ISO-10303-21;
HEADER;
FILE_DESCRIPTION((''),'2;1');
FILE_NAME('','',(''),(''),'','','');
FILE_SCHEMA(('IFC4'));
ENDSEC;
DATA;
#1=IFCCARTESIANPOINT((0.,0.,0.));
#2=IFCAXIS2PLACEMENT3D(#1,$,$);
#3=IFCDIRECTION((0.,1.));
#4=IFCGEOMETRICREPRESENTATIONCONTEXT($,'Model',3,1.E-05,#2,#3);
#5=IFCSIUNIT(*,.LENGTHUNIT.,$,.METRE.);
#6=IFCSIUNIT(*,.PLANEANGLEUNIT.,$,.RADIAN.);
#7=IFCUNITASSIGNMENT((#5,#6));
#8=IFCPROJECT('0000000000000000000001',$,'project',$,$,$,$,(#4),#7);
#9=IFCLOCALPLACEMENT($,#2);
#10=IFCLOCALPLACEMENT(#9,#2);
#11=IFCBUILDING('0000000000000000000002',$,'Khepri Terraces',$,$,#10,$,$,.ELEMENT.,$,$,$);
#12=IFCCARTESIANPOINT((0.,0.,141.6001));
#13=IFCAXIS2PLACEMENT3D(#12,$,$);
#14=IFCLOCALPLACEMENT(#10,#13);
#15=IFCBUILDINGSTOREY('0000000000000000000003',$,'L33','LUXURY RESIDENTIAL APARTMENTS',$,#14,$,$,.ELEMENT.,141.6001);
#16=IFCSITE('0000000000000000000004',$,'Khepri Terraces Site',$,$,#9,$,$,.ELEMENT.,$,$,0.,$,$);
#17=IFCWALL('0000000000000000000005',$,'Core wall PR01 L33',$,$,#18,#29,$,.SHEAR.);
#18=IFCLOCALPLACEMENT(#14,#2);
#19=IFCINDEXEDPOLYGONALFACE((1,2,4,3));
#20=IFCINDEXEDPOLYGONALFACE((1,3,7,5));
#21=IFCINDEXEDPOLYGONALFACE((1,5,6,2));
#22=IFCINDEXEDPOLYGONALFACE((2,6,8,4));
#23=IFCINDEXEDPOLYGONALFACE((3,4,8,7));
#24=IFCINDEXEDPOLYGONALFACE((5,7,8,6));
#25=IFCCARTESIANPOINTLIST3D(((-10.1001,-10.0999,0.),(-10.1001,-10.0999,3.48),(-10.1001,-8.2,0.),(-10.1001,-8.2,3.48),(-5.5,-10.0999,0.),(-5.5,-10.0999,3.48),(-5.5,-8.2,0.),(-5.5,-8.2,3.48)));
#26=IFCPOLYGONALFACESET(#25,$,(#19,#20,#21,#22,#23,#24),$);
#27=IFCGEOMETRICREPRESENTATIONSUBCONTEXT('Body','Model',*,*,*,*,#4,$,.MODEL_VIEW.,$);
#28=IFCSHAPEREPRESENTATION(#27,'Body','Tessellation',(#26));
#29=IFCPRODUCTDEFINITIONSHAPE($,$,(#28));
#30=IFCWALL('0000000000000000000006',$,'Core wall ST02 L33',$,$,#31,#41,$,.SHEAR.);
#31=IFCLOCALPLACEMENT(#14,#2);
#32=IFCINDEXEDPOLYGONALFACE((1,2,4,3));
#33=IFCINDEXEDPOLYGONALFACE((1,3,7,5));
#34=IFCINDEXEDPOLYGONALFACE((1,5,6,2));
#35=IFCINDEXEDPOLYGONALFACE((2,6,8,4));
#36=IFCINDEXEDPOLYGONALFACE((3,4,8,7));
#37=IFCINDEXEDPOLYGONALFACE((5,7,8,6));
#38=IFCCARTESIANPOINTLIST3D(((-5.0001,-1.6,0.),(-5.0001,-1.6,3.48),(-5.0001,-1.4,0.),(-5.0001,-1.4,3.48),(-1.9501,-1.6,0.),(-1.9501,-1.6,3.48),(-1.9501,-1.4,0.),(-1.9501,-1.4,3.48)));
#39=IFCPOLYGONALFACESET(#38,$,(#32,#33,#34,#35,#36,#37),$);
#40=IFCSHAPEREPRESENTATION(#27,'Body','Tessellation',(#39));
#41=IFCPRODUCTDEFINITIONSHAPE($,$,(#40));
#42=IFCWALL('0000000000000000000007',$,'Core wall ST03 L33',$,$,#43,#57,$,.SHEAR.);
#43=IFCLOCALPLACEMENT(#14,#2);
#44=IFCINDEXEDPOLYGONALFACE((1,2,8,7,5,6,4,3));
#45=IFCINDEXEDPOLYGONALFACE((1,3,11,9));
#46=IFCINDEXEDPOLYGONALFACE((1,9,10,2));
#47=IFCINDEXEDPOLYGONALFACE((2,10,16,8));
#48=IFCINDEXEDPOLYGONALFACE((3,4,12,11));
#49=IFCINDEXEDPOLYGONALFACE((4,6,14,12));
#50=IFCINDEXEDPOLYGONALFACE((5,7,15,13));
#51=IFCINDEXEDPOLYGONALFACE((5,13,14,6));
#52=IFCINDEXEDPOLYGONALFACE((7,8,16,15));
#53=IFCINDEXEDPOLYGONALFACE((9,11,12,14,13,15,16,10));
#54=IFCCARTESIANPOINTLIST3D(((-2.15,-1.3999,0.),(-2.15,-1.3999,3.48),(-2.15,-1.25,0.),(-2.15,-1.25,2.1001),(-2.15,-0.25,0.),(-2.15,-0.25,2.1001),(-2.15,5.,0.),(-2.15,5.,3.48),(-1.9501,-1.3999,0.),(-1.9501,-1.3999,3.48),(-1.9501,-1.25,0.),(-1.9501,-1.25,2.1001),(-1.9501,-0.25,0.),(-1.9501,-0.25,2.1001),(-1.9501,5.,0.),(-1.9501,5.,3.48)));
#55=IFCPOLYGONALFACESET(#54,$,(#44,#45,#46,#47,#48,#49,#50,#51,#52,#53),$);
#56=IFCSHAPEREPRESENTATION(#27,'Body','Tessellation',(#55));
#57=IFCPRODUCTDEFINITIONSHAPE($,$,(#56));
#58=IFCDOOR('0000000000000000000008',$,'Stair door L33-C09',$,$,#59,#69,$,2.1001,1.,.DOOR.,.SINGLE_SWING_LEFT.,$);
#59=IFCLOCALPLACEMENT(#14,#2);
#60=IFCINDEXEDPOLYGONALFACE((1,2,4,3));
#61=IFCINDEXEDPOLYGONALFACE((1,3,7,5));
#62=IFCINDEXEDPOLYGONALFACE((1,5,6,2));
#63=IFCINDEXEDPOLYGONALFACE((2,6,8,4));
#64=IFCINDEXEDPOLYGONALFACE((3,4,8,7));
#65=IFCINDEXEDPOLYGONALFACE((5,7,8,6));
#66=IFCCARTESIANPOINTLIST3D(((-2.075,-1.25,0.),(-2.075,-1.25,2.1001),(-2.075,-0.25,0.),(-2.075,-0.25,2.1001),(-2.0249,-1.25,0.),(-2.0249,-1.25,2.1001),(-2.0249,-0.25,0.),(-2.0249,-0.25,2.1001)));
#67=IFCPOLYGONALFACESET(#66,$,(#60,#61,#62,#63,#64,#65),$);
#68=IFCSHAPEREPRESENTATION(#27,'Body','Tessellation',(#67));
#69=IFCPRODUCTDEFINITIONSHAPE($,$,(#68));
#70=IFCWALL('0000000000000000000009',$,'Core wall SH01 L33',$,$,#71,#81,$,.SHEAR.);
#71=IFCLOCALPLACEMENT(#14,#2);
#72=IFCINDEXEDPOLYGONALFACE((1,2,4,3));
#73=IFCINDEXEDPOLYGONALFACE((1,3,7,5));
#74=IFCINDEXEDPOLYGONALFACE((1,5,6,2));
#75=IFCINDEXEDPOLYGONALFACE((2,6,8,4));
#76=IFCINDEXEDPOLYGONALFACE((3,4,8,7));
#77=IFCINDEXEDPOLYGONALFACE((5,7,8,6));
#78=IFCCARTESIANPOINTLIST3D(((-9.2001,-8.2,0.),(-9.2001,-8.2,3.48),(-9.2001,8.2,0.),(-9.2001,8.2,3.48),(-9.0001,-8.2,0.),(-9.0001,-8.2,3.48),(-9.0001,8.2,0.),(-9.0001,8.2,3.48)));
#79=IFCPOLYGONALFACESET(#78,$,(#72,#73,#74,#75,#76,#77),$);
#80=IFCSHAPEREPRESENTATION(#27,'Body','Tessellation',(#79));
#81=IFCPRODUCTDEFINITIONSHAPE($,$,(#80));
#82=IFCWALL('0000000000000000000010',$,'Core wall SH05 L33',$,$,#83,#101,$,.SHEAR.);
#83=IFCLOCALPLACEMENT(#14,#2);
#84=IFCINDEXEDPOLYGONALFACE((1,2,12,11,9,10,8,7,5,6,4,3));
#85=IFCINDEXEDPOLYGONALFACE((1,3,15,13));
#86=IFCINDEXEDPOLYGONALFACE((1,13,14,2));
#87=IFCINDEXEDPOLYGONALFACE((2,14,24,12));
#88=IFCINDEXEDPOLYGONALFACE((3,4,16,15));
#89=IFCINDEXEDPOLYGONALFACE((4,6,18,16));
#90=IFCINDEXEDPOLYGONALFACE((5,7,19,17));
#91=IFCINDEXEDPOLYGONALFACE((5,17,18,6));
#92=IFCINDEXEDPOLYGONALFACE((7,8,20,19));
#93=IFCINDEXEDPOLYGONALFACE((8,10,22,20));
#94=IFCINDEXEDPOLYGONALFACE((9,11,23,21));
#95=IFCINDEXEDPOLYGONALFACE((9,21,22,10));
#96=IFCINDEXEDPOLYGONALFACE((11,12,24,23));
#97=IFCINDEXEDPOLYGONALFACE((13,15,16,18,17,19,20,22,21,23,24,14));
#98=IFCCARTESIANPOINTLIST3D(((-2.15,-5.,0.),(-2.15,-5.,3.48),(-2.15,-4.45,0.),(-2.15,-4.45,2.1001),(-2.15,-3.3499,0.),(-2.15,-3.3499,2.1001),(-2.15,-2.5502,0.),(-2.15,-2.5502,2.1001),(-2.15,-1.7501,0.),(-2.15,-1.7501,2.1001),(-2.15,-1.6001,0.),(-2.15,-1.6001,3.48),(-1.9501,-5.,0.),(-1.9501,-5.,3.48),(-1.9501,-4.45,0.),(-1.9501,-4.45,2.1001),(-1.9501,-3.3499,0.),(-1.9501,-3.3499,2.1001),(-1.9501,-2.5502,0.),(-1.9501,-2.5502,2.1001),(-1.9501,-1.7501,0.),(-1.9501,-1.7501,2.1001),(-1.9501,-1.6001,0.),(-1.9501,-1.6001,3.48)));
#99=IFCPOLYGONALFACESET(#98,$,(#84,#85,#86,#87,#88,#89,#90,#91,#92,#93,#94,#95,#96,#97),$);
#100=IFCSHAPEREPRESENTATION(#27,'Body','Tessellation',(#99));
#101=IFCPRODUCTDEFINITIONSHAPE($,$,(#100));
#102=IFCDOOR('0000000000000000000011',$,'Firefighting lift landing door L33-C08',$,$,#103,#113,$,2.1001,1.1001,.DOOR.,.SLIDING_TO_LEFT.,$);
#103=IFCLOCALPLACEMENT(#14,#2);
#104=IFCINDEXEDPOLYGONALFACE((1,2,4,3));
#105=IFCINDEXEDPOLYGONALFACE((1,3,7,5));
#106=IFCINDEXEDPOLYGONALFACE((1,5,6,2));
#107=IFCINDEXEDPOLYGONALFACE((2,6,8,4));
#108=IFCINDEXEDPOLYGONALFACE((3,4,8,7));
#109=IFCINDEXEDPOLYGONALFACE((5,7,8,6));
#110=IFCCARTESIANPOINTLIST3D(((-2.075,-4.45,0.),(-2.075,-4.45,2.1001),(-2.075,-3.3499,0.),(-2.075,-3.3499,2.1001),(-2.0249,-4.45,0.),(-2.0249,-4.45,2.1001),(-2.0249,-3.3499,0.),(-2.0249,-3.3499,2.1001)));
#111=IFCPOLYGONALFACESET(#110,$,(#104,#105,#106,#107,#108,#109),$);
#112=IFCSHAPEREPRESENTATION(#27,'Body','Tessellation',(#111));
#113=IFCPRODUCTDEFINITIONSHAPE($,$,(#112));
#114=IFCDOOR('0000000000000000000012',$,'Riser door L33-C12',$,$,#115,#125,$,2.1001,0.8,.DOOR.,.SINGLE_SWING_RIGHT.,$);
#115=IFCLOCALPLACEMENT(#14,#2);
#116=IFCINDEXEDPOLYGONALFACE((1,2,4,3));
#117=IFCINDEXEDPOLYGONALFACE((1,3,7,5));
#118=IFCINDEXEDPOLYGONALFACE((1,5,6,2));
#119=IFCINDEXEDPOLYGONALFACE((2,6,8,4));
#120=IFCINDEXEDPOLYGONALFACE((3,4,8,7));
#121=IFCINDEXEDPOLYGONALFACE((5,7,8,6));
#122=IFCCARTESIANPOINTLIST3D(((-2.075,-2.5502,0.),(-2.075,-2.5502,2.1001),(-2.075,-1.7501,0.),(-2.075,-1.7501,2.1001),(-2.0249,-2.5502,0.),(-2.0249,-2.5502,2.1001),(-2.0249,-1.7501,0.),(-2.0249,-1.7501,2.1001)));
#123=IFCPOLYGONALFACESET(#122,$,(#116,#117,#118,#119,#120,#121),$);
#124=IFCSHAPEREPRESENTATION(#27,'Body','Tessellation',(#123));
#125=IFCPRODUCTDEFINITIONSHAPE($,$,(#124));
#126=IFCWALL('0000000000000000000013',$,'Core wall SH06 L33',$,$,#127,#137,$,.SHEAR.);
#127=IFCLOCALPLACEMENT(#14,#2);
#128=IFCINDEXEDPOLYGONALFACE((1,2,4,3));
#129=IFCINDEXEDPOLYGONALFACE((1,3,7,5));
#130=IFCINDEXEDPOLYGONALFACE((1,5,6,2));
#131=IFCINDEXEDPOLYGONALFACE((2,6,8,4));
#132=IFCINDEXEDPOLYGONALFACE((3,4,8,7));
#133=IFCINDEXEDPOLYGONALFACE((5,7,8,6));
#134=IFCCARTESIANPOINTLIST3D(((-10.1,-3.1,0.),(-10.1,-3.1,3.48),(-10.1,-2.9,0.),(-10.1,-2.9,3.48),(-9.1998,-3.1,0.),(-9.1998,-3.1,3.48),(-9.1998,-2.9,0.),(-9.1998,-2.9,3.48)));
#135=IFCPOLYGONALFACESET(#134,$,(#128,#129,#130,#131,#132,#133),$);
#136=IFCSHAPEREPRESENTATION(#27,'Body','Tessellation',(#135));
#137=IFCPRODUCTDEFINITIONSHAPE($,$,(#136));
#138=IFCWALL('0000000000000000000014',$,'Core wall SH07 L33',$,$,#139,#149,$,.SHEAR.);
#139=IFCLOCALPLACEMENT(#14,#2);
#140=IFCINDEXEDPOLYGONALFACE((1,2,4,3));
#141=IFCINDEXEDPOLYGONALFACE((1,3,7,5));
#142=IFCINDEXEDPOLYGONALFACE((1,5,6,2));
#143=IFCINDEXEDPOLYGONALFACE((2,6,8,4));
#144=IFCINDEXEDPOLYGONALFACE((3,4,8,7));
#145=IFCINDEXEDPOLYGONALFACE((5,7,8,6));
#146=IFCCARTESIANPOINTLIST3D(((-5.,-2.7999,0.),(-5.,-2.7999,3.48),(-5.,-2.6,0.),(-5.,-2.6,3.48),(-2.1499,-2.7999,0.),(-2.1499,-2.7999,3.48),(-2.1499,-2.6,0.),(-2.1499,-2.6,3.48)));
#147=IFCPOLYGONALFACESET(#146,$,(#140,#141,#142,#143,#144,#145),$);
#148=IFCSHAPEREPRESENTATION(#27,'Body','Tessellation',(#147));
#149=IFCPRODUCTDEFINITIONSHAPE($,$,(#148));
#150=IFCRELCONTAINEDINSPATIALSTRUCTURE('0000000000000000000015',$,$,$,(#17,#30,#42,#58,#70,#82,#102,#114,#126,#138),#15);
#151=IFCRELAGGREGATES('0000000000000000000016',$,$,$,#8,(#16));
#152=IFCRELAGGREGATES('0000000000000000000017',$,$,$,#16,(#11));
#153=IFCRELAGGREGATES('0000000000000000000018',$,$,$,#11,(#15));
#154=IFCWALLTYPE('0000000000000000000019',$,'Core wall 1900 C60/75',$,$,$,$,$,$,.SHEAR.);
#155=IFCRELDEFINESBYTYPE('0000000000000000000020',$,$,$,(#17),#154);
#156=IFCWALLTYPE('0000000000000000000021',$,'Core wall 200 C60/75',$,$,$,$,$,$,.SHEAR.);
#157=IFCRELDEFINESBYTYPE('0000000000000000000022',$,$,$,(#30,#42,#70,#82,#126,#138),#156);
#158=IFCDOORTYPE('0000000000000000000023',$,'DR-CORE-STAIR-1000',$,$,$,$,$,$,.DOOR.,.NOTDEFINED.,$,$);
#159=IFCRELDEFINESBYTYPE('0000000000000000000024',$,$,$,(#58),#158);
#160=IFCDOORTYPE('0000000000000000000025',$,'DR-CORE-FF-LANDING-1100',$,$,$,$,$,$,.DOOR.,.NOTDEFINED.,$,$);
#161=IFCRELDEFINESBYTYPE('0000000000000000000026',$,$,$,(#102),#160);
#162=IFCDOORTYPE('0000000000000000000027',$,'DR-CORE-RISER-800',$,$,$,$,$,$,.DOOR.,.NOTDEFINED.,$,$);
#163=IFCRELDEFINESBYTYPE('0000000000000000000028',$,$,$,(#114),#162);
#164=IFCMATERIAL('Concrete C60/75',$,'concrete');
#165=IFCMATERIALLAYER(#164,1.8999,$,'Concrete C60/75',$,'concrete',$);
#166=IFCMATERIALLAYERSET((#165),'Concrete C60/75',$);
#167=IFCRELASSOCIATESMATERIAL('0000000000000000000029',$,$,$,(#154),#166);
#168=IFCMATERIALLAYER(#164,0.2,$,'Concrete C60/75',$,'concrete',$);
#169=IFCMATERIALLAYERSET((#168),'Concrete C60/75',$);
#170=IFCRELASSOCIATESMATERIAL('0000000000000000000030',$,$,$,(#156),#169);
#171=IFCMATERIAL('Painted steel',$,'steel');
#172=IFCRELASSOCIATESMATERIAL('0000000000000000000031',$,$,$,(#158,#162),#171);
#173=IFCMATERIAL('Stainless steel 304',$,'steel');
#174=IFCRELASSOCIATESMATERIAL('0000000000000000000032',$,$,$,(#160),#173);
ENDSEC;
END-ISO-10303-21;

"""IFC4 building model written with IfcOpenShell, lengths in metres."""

from ifc_helpers import new_model, si_unit, direction, frame, frame_2d, origin, place, context, subcontext, project, spatial, rectangle, extrude, material, layer, layer_set, type_object, element, fill, save


model = new_model("IFC4")

# Units and contexts
model_context = context("Model", 3, precision=1e-05, world=origin(), true_north=direction((0.0, 1.0)))
body_context = subcontext(model_context, "Body", "Model", "MODEL_VIEW")
ifc_project = project(units=[si_unit("LENGTHUNIT", "METRE"), si_unit("PLANEANGLEUNIT", "RADIAN")], contexts=[model_context])

# Site, building, storey
site_placement = place(None, origin())
site = spatial("IfcSite", under=ifc_project, at=site_placement, Name="Khepri Terraces Site", CompositionType="ELEMENT", RefElevation=0.0)
building_placement = place(site_placement, origin())
building = spatial("IfcBuilding", under=site, at=building_placement, Name="Khepri Terraces", CompositionType="ELEMENT")
storey_placement = place(building_placement, frame((0.0, 0.0, 141.6001)))
storey = spatial("IfcBuildingStorey", under=building, at=storey_placement, Name="L33", Description="LUXURY RESIDENTIAL APARTMENTS", CompositionType="ELEMENT", Elevation=141.6001)

# Walls
ifc_material_1 = material(Name="Concrete C60/75", Category="concrete")
ifc_layer_1 = layer(ifc_material_1, 1.8999, Name="Concrete C60/75", Category="concrete")
ifc_layer_set_1 = layer_set([ifc_layer_1], Name="Concrete C60/75")
wall_type_1 = type_object("IfcWallType", Name="Core wall 1900 C60/75", PredefinedType="SHEAR", material=ifc_layer_set_1)
wall_1_placement = place(storey_placement, frame((-10.1001, -9.1499, 0.0), z_axis=(0.0, 0.0, 1.0), x_axis=(1.0, 0.0, 0.0)))
element("IfcWall", 1, at=wall_1_placement, inside=storey, type_object=wall_type_1, Name="Core wall PR01 L33", PredefinedType="SHEAR", context=body_context, shape_type="SweptSolid", body=[
    extrude(rectangle(XDim=4.6001, YDim=1.8999, at=frame_2d((2.3, 0.0))), origin(), (0.0, 0.0, 1.0), 3.48),
])
ifc_layer_2 = layer(ifc_material_1, 0.2, Name="Concrete C60/75", Category="concrete")
ifc_layer_set_2 = layer_set([ifc_layer_2], Name="Concrete C60/75")
wall_type_2 = type_object("IfcWallType", Name="Core wall 200 C60/75", PredefinedType="SHEAR", material=ifc_layer_set_2)
wall_2_placement = place(storey_placement, frame((-5.0, -1.5, 0.0), z_axis=(0.0, 0.0, 1.0), x_axis=(1.0, 0.0, 0.0)))
element("IfcWall", 2, at=wall_2_placement, inside=storey, type_object=wall_type_2, Name="Core wall ST02 L33", PredefinedType="SHEAR", context=body_context, shape_type="SweptSolid", body=[
    extrude(rectangle(XDim=3.05, YDim=0.2, at=frame_2d((1.5249, 0.0))), origin(), (0.0, 0.0, 1.0), 3.48),
])

# Wall, opening, door
wall_3_placement = place(storey_placement, frame((-2.05, -1.3999, 0.0), z_axis=(0.0, 0.0, 1.0), x_axis=(0.0, 1.0, 0.0)))
wall_3 = element("IfcWall", 3, at=wall_3_placement, inside=storey, type_object=wall_type_2, Name="Core wall ST03 L33", PredefinedType="SHEAR", context=body_context, shape_type="SweptSolid", body=[
    extrude(rectangle(XDim=6.3999, YDim=0.2, at=frame_2d((3.2, 0.0))), origin(), (0.0, 0.0, 1.0), 3.48),
])
opening_1_placement = place(wall_3_placement, frame((0.1499, 0.0, 0.0)))
opening_1 = element("IfcOpeningElement", 4, at=opening_1_placement, cuts=wall_3, PredefinedType="OPENING", context=body_context, shape_type="SweptSolid", body=[
    extrude(rectangle(XDim=1.0, YDim=2.1001, at=frame_2d((0.5, 1.05))), frame((0.0, 0.1099, 0.0), z_axis=(0.0, -1.0, 0.0), x_axis=(1.0, 0.0, 0.0)), (0.0, 0.0, 1.0), 0.22),
])
ifc_material_2 = material(Name="Painted steel", Category="steel")
door_type_1 = type_object("IfcDoorType", Name="DR-CORE-STAIR-1000", OperationType="NOTDEFINED", PredefinedType="DOOR", material=ifc_material_2)
door_1_placement = place(opening_1_placement, origin())
door_1 = element("IfcDoor", 5, at=door_1_placement, inside=storey, type_object=door_type_1, Name="Stair door L33-C09", OperationType="SINGLE_SWING_LEFT", OverallHeight=2.1001, OverallWidth=1.0, PredefinedType="DOOR", context=body_context, shape_type="SweptSolid", body=[
    extrude(rectangle(XDim=1.0, YDim=2.1001, at=frame_2d((0.5, 1.05))), frame((0.0, 0.0249, 0.0), z_axis=(0.0, -1.0, 0.0), x_axis=(1.0, 0.0, 0.0)), (0.0, 0.0, 1.0), 0.05),
])
fill(opening_1, door_1)

# Wall
wall_4_placement = place(storey_placement, frame((-9.1001, -8.2, 0.0), z_axis=(0.0, 0.0, 1.0), x_axis=(0.0, 1.0, 0.0)))
element("IfcWall", 6, at=wall_4_placement, inside=storey, type_object=wall_type_2, Name="Core wall SH01 L33", PredefinedType="SHEAR", context=body_context, shape_type="SweptSolid", body=[
    extrude(rectangle(XDim=16.3999, YDim=0.2, at=frame_2d((8.2, 0.0))), origin(), (0.0, 0.0, 1.0), 3.48),
])

# Wall, openings, doors
wall_5_placement = place(storey_placement, frame((-2.05, -5.0, 0.0), z_axis=(0.0, 0.0, 1.0), x_axis=(0.0, 1.0, 0.0)))
wall_5 = element("IfcWall", 7, at=wall_5_placement, inside=storey, type_object=wall_type_2, Name="Core wall SH05 L33", PredefinedType="SHEAR", context=body_context, shape_type="SweptSolid", body=[
    extrude(rectangle(XDim=3.3999, YDim=0.2, at=frame_2d((1.7, 0.0))), origin(), (0.0, 0.0, 1.0), 3.48),
])
opening_2_placement = place(wall_5_placement, frame((0.55, 0.0, 0.0)))
opening_2 = element("IfcOpeningElement", 8, at=opening_2_placement, cuts=wall_5, PredefinedType="OPENING", context=body_context, shape_type="SweptSolid", body=[
    extrude(rectangle(XDim=1.1001, YDim=2.1001, at=frame_2d((0.55, 1.05))), frame((0.0, 0.1099, 0.0), z_axis=(0.0, -1.0, 0.0), x_axis=(1.0, 0.0, 0.0)), (0.0, 0.0, 1.0), 0.22),
])
opening_3_placement = place(wall_5_placement, frame((2.45, 0.0, 0.0)))
opening_3 = element("IfcOpeningElement", 9, at=opening_3_placement, cuts=wall_5, PredefinedType="OPENING", context=body_context, shape_type="SweptSolid", body=[
    extrude(rectangle(XDim=0.8, YDim=2.1001, at=frame_2d((0.3999, 1.05))), frame((0.0, 0.1099, 0.0), z_axis=(0.0, -1.0, 0.0), x_axis=(1.0, 0.0, 0.0)), (0.0, 0.0, 1.0), 0.22),
])
ifc_material_3 = material(Name="Stainless steel 304", Category="steel")
door_type_2 = type_object("IfcDoorType", Name="DR-CORE-FF-LANDING-1100", OperationType="NOTDEFINED", PredefinedType="DOOR", material=ifc_material_3)
door_2_placement = place(opening_2_placement, origin())
door_2 = element("IfcDoor", 10, at=door_2_placement, inside=storey, type_object=door_type_2, Name="Firefighting lift landing door L33-C08", OperationType="SLIDING_TO_LEFT", OverallHeight=2.1001, OverallWidth=1.1001, PredefinedType="DOOR", context=body_context, shape_type="SweptSolid", body=[
    extrude(rectangle(XDim=1.1001, YDim=2.1001, at=frame_2d((0.55, 1.05))), frame((0.0, 0.0249, 0.0), z_axis=(0.0, -1.0, 0.0), x_axis=(1.0, 0.0, 0.0)), (0.0, 0.0, 1.0), 0.05),
])
fill(opening_2, door_2)
door_type_3 = type_object("IfcDoorType", Name="DR-CORE-RISER-800", OperationType="NOTDEFINED", PredefinedType="DOOR", material=ifc_material_2)
door_3_placement = place(opening_3_placement, origin())
door_3 = element("IfcDoor", 11, at=door_3_placement, inside=storey, type_object=door_type_3, Name="Riser door L33-C12", OperationType="SINGLE_SWING_RIGHT", OverallHeight=2.1001, OverallWidth=0.8, PredefinedType="DOOR", context=body_context, shape_type="SweptSolid", body=[
    extrude(rectangle(XDim=0.8, YDim=2.1001, at=frame_2d((0.3999, 1.05))), frame((0.0, 0.0249, 0.0), z_axis=(0.0, -1.0, 0.0), x_axis=(1.0, 0.0, 0.0)), (0.0, 0.0, 1.0), 0.05),
])
fill(opening_3, door_3)

# Walls
wall_6_placement = place(storey_placement, frame((-10.1001, -3.0, 0.0), z_axis=(0.0, 0.0, 1.0), x_axis=(1.0, 0.0, 0.0)))
element("IfcWall", 12, at=wall_6_placement, inside=storey, type_object=wall_type_2, Name="Core wall SH06 L33", PredefinedType="SHEAR", context=body_context, shape_type="SweptSolid", body=[
    extrude(rectangle(XDim=0.9001, YDim=0.2, at=frame_2d((0.4502, 0.0))), origin(), (0.0, 0.0, 1.0), 3.48),
])
wall_7_placement = place(storey_placement, frame((-5.0, -2.7, 0.0), z_axis=(0.0, 0.0, 1.0), x_axis=(1.0, 0.0, 0.0)))
element("IfcWall", 13, at=wall_7_placement, inside=storey, type_object=wall_type_2, Name="Core wall SH07 L33", PredefinedType="SHEAR", context=body_context, shape_type="SweptSolid", body=[
    extrude(rectangle(XDim=2.8501, YDim=0.2, at=frame_2d((1.425, 0.0))), origin(), (0.0, 0.0, 1.0), 3.48),
])

save(model, "model.ifc")
